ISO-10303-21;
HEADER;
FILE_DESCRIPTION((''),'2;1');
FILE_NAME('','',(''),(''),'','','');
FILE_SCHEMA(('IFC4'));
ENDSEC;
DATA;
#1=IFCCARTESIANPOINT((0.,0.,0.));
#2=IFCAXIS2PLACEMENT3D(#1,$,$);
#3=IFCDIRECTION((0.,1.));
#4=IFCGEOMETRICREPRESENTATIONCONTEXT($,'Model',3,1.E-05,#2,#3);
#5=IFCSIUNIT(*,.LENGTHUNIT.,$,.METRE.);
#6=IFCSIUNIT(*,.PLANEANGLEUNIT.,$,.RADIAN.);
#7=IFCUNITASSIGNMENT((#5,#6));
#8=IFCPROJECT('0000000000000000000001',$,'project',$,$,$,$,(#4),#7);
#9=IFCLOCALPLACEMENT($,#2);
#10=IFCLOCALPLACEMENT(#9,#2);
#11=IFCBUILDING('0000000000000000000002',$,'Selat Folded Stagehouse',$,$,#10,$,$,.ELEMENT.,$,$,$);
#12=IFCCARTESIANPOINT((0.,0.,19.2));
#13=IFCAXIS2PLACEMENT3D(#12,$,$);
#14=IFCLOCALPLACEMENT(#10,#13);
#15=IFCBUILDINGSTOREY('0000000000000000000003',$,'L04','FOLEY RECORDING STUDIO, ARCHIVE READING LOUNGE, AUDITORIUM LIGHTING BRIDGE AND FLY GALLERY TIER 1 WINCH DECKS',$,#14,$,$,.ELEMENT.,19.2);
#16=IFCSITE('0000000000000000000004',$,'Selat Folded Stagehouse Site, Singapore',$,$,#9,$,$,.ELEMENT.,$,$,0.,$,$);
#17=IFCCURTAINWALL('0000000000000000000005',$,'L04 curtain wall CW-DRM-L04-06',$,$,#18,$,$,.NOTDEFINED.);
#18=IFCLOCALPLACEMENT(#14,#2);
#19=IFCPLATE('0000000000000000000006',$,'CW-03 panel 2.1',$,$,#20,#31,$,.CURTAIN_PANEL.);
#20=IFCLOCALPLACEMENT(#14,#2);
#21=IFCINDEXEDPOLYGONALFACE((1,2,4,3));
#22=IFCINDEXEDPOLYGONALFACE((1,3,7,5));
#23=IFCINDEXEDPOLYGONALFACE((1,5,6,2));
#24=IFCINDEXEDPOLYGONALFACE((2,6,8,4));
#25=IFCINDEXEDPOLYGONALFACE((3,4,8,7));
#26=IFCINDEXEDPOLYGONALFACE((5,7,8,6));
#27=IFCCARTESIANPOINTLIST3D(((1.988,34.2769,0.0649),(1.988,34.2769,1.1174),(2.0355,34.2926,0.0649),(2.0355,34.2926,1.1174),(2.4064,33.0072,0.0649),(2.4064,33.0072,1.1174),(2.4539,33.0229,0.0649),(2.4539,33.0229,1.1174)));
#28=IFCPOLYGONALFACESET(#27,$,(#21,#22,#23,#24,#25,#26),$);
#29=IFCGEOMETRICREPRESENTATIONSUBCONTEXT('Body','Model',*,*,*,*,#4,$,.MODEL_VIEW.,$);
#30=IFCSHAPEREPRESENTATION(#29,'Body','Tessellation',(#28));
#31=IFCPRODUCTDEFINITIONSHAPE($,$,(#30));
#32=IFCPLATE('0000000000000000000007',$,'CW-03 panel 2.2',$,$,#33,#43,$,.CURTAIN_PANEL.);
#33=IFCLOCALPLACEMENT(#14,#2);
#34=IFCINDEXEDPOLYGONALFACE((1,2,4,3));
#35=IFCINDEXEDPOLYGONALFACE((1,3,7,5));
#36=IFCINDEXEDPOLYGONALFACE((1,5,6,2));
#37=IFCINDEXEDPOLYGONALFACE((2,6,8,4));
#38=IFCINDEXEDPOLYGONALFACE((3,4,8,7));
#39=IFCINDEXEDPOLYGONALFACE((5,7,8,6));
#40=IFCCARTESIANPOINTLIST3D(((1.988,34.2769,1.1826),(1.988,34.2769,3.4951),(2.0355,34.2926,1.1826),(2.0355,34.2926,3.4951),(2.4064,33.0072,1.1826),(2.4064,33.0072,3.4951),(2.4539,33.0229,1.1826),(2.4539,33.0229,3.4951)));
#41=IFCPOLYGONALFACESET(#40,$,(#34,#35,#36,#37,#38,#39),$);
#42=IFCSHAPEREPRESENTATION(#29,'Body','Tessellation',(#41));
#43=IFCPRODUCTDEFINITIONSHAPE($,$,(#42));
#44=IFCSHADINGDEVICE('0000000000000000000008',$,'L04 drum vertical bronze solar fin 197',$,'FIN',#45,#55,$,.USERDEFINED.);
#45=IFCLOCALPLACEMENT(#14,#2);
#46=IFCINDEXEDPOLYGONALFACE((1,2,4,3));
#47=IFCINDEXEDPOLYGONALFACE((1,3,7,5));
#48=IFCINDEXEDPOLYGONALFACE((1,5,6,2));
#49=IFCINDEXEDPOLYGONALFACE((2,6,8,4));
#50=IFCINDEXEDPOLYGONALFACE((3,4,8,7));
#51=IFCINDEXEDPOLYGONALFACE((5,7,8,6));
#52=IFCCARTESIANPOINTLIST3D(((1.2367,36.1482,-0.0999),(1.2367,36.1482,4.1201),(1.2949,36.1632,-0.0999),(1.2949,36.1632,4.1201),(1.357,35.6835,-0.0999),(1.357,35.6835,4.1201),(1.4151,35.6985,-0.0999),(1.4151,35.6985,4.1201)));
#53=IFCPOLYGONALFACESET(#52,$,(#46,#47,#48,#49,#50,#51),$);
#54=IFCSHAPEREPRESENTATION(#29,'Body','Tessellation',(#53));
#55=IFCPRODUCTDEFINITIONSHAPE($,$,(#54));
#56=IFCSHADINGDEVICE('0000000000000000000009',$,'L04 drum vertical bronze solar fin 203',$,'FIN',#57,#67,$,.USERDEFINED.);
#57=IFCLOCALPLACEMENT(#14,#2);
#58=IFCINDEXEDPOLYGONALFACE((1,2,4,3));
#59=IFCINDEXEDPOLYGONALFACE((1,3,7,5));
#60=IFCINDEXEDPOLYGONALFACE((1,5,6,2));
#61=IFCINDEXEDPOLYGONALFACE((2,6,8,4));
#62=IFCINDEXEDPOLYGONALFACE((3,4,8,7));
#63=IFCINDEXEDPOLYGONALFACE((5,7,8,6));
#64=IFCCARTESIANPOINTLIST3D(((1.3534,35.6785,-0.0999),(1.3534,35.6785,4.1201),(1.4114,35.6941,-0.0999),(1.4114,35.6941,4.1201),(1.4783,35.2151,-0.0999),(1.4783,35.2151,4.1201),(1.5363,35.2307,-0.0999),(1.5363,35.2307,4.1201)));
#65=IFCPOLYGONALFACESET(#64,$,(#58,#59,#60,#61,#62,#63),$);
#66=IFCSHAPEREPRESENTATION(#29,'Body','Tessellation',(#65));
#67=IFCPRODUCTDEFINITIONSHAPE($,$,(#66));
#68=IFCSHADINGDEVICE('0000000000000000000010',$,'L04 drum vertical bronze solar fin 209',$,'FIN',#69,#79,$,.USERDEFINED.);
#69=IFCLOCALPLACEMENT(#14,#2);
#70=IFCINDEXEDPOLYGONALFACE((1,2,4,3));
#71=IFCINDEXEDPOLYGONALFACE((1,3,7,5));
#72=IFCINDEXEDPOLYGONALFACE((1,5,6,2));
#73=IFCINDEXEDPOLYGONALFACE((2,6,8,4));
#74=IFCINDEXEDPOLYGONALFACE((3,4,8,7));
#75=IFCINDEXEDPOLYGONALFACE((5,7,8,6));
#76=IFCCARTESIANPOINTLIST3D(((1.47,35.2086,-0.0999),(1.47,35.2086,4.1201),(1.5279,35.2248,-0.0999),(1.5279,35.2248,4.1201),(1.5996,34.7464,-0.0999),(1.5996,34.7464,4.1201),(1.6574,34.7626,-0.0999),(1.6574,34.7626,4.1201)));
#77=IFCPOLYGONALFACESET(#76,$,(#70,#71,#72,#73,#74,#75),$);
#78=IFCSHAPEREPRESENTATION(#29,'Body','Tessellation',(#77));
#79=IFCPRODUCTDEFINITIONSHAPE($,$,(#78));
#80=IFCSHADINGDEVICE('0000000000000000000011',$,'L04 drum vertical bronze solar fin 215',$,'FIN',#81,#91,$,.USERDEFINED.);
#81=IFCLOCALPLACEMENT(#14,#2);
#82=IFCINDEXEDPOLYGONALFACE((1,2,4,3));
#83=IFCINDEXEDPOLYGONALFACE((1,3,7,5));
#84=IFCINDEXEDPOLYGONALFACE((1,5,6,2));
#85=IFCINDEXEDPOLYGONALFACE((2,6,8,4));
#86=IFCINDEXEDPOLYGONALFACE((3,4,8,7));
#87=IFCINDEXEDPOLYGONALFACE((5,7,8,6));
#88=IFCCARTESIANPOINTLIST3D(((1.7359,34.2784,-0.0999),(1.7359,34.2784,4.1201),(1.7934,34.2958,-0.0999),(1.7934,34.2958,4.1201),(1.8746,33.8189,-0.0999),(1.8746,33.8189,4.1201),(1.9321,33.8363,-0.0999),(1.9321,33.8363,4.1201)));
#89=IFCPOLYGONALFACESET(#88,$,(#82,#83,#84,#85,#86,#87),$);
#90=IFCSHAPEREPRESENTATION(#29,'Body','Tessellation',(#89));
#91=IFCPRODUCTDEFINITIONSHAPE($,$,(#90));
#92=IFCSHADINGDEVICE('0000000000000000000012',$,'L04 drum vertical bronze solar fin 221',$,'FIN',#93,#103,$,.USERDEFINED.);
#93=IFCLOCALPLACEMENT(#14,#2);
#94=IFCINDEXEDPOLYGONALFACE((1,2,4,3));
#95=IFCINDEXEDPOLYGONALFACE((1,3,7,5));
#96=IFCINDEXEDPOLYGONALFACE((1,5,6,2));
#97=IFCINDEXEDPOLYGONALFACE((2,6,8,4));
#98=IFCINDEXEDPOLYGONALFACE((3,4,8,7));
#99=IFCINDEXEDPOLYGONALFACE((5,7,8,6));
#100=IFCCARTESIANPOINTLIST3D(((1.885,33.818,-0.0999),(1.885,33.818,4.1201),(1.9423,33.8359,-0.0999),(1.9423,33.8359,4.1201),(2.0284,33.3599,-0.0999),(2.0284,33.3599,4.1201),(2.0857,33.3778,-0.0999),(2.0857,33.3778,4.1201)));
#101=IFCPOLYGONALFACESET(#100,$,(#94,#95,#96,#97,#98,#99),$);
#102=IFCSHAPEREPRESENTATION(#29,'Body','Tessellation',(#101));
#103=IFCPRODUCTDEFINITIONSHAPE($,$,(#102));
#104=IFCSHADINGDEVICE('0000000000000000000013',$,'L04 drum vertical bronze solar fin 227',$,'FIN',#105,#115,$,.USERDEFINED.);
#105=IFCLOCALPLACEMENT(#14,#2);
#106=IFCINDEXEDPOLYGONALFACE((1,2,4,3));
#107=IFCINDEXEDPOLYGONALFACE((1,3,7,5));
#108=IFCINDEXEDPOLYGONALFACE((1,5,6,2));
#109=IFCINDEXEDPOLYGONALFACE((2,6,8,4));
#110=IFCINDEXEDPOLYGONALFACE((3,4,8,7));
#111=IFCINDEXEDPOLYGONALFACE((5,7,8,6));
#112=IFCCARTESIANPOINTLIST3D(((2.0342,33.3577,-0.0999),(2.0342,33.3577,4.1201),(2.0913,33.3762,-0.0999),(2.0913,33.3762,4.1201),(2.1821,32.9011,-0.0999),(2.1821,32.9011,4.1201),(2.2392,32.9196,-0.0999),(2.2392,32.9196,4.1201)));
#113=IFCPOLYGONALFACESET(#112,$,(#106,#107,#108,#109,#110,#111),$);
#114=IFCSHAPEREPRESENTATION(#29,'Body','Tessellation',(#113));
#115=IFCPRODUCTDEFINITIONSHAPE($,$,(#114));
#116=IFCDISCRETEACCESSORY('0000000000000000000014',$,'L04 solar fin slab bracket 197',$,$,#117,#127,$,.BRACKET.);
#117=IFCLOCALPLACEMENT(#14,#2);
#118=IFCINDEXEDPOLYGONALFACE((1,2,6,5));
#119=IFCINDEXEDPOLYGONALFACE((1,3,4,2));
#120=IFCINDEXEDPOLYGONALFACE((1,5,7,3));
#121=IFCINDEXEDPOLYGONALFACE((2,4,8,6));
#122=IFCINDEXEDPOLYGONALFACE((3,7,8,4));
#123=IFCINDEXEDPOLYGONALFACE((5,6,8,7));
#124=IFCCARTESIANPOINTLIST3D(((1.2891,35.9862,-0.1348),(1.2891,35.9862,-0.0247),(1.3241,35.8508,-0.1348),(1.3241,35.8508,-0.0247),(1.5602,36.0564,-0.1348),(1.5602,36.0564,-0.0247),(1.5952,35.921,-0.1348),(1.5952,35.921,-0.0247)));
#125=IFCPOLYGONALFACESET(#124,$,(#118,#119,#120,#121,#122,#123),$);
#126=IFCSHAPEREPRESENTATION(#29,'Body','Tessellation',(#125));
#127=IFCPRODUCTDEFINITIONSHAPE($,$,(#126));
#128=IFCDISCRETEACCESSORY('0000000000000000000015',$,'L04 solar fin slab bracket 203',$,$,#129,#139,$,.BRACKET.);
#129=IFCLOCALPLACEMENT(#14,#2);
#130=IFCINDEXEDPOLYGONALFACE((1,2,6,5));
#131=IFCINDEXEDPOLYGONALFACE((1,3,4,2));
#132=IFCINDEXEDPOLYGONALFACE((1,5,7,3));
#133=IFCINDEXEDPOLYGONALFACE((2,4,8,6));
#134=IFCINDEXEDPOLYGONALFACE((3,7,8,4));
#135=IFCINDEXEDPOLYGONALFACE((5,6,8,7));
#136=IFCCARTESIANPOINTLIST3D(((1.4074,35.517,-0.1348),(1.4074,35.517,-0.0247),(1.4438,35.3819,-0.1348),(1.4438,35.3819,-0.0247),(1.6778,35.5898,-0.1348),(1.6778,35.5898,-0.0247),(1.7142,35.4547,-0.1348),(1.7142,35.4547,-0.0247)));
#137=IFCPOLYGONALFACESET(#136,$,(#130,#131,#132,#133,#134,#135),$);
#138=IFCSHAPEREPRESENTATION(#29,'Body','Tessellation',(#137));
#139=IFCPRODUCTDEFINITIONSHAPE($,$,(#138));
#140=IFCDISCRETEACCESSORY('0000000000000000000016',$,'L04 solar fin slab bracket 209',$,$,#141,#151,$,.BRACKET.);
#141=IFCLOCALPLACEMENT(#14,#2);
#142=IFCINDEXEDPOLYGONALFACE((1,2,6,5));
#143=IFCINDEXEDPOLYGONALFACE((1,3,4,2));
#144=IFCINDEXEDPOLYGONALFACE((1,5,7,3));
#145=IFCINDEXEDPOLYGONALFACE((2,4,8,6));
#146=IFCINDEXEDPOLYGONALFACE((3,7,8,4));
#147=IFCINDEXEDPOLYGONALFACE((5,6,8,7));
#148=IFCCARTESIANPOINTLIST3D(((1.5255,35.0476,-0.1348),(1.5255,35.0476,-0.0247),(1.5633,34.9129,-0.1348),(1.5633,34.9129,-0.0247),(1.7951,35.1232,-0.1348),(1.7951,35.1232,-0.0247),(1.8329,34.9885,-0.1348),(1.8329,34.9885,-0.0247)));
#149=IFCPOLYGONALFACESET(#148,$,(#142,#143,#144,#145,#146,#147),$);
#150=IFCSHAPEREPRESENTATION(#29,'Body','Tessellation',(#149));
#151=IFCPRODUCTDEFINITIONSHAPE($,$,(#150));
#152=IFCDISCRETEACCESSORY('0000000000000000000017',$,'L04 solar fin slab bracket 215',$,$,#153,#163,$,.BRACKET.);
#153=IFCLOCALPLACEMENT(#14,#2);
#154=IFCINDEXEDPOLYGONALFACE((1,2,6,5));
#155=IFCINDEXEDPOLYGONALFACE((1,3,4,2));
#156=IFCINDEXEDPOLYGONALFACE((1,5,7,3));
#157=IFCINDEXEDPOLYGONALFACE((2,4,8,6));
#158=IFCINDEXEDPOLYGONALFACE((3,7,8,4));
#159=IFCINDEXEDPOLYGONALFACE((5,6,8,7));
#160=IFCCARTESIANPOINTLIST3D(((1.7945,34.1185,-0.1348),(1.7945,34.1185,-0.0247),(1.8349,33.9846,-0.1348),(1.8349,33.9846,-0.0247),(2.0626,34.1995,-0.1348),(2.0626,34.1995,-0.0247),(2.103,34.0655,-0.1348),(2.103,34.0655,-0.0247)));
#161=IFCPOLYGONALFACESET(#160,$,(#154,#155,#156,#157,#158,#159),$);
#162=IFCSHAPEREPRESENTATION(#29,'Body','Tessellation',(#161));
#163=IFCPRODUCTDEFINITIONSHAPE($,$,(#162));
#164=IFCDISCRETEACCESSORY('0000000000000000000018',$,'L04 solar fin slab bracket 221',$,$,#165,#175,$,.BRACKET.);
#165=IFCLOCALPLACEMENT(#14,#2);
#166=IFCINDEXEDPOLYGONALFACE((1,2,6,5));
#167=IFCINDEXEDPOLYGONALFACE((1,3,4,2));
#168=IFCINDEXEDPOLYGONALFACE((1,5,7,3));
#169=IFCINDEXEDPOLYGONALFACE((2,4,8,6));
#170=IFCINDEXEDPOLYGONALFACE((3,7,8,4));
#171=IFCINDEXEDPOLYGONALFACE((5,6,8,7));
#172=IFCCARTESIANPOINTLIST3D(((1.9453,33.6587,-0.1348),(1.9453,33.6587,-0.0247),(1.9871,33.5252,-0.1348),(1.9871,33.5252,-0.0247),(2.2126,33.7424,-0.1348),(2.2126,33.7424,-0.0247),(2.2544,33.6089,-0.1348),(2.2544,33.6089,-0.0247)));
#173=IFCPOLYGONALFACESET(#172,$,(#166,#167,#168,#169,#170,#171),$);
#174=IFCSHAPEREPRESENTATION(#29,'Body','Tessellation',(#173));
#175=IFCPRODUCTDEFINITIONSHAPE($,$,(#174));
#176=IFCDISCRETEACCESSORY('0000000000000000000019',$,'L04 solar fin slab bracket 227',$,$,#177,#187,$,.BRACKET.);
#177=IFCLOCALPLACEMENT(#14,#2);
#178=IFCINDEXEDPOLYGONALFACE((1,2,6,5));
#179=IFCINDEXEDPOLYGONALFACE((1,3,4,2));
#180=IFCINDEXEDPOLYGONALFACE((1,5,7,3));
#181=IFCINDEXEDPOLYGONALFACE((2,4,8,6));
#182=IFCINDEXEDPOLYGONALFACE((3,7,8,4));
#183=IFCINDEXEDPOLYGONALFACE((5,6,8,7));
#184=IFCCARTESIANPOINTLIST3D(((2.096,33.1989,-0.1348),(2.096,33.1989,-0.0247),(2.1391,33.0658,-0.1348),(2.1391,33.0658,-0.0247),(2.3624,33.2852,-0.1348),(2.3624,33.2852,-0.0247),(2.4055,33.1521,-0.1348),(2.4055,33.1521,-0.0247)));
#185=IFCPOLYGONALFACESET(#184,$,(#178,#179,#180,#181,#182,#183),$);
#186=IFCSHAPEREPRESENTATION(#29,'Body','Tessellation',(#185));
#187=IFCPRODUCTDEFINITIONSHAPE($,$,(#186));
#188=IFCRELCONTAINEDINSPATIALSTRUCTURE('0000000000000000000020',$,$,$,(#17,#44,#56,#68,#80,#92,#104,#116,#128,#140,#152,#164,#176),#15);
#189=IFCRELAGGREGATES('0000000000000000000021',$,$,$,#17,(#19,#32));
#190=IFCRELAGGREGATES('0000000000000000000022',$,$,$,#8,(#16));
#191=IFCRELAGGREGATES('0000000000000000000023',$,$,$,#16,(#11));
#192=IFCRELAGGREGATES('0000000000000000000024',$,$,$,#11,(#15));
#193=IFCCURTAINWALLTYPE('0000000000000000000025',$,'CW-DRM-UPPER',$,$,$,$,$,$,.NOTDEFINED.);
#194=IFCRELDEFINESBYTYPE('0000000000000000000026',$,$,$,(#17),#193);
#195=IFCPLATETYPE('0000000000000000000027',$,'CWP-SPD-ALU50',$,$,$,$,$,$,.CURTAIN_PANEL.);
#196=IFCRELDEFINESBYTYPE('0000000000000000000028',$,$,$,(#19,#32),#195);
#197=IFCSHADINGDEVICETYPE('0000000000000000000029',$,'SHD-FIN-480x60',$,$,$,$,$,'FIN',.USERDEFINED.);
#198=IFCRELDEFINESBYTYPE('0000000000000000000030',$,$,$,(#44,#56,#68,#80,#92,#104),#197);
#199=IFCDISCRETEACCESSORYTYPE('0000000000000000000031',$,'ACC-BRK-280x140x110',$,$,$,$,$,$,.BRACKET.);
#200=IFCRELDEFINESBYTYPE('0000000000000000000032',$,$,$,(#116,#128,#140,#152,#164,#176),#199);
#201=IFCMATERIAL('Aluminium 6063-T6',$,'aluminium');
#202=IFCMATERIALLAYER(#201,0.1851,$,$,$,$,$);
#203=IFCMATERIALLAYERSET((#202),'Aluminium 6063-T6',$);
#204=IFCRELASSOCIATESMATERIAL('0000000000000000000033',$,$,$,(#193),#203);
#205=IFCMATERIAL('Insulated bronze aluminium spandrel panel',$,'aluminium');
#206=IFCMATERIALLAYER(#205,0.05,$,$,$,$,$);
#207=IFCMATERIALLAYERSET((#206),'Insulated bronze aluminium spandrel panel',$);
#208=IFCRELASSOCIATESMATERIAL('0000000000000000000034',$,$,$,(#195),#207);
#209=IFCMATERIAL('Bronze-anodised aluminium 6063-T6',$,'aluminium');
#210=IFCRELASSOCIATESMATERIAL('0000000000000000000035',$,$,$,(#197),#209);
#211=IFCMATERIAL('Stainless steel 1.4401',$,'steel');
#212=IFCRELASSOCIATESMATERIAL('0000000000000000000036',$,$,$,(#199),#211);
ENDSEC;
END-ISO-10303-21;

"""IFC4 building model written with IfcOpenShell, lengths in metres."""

from ifc_helpers import new_model, si_unit, direction, frame, origin, origin_2d, place, context, subcontext, project, spatial, rectangle, extrude, material, layer, layer_set, material_profile, profile_set, type_object, element, aggregate, save


model = new_model("IFC4")

# Units and contexts
model_context = context("Model", 3, precision=1e-05, world=origin(), true_north=direction((0.0, 1.0)))
body_context = subcontext(model_context, "Body", "Model", "MODEL_VIEW")
ifc_project = project(units=[si_unit("LENGTHUNIT", "METRE"), si_unit("PLANEANGLEUNIT", "RADIAN")], contexts=[model_context])

# Site, building, storey
site_placement = place(None, origin())
site = spatial("IfcSite", under=ifc_project, at=site_placement, Name="Selat Folded Stagehouse Site, Singapore", CompositionType="ELEMENT", RefElevation=0.0)
building_placement = place(site_placement, origin())
building = spatial("IfcBuilding", under=site, at=building_placement, Name="Selat Folded Stagehouse", CompositionType="ELEMENT")
storey_placement = place(building_placement, frame((0.0, 0.0, 19.2)))
storey = spatial("IfcBuildingStorey", under=building, at=storey_placement, Name="L04", Description="FOLEY RECORDING STUDIO, ARCHIVE READING LOUNGE, AUDITORIUM LIGHTING BRIDGE AND FLY GALLERY TIER 1 WINCH DECKS", CompositionType="ELEMENT", Elevation=19.2)

# Curtain wall
ifc_material_1 = material(Name="Aluminium 6063-T6", Category="aluminium")
ifc_layer_1 = layer(ifc_material_1, 0.1851)
ifc_layer_set_1 = layer_set([ifc_layer_1], Name="Aluminium 6063-T6")
curtain_wall_type = type_object("IfcCurtainWallType", Name="CW-DRM-UPPER", PredefinedType="NOTDEFINED", material=ifc_layer_set_1)
curtain_wall_1_placement = place(storey_placement, origin())
curtain_wall_1 = element("IfcCurtainWall", 1, at=curtain_wall_1_placement, inside=storey, type_object=curtain_wall_type, Name="L04 curtain wall CW-DRM-L04-06", PredefinedType="NOTDEFINED")

# Plates
ifc_material_2 = material(Name="Insulated bronze aluminium spandrel panel", Category="aluminium")
ifc_layer_2 = layer(ifc_material_2, 0.05)
ifc_layer_set_2 = layer_set([ifc_layer_2], Name="Insulated bronze aluminium spandrel panel")
plate_type = type_object("IfcPlateType", Name="CWP-SPD-ALU50", PredefinedType="CURTAIN_PANEL", material=ifc_layer_set_2)
plate_1_placement = place(storey_placement, frame((2.2209, 33.6499, 0.0649), z_axis=(0.0, 0.0, 1.0), x_axis=(-0.312995, 0.949755, 0.0)))
plate_1 = element("IfcPlate", 2, at=plate_1_placement, type_object=plate_type, Name="CW-03 panel 2.1", PredefinedType="CURTAIN_PANEL", context=body_context, shape_type="SweptSolid", body=[
    extrude(rectangle(XDim=1.3369, YDim=0.05, at=origin_2d()), origin(), (0.0, 0.0, 1.0), 1.0525),
])
plate_2_placement = place(storey_placement, frame((2.2209, 33.6499, 1.1826), z_axis=(0.0, 0.0, 1.0), x_axis=(-0.312995, 0.949755, 0.0)))
plate_2 = element("IfcPlate", 3, at=plate_2_placement, type_object=plate_type, Name="CW-03 panel 2.2", PredefinedType="CURTAIN_PANEL", context=body_context, shape_type="SweptSolid", body=[
    extrude(rectangle(XDim=1.3369, YDim=0.05, at=origin_2d()), origin(), (0.0, 0.0, 1.0), 2.3125),
])
aggregate(curtain_wall_1, [plate_1, plate_2])

# Shading devices
ifc_material_3 = material(Name="Bronze-anodised aluminium 6063-T6", Category="aluminium")
ifc_material_profile_1 = material_profile(ifc_material_3, rectangle(XDim=0.0601, YDim=0.48, at=origin_2d()), Name="SOLAR-FIN 480x60")
ifc_profile_set_1 = profile_set([ifc_material_profile_1], Name="Bronze-anodised aluminium 6063-T6")
shading_device_type = type_object("IfcShadingDeviceType", Name="SHD-FIN-480x60", ElementType="FIN", PredefinedType="USERDEFINED", material=ifc_profile_set_1)
for number, where, z_axis, x_axis, name in (
    (4, (1.3259, 35.9233, -0.0999), (0.0, 0.0, 1.0), (-0.968104, -0.250549, 0.0), "L04 drum vertical bronze solar fin 197"),
    (5, (1.4448, 35.4546, -0.0999), (0.0, 0.0, 1.0), (-0.965564, -0.260167, 0.0), "L04 drum vertical bronze solar fin 203"),
    (6, (1.5637, 34.9856, -0.0999), (0.0, 0.0, 1.0), (-0.96288, -0.269928, 0.0), "L04 drum vertical bronze solar fin 209"),
    (7, (1.834, 34.0574, -0.0999), (0.0, 0.0, 1.0), (-0.957319, -0.289032, 0.0), "L04 drum vertical bronze solar fin 215"),
    (8, (1.9854, 33.5979, -0.0999), (0.0, 0.0, 1.0), (-0.954345, -0.298708, 0.0), "L04 drum vertical bronze solar fin 221"),
    (9, (2.1367, 33.1387, -0.0999), (0.0, 0.0, 1.0), (-0.951326, -0.308187, 0.0), "L04 drum vertical bronze solar fin 227"),
):
    element("IfcShadingDevice", number, at=place(storey_placement, frame(where, z_axis=z_axis, x_axis=x_axis)), inside=storey, type_object=shading_device_type, Name=name, ObjectType="FIN", PredefinedType="USERDEFINED", context=body_context, shape_type="SweptSolid", body=[
        extrude(rectangle(XDim=0.0601, YDim=0.48, at=origin_2d()), origin(), (0.0, 0.0, 1.0), 4.22),
    ])

# Discrete accessories
ifc_material_4 = material(Name="Stainless steel 1.4401", Category="steel")
discrete_accessory_type = type_object("IfcDiscreteAccessoryType", Name="ACC-BRK-280x140x110", PredefinedType="BRACKET", material=ifc_material_4)
for number, where, z_axis, x_axis, name in (
    (10, (1.4421, 35.9536, -0.1348), (0.0, 0.0, 1.0), (-0.968104, -0.250549, 0.0), "L04 solar fin slab bracket 197"),
    (11, (1.5608, 35.4858, -0.1348), (0.0, 0.0, 1.0), (-0.965564, -0.260167, 0.0), "L04 solar fin slab bracket 203"),
    (12, (1.6792, 35.0181, -0.1348), (0.0, 0.0, 1.0), (-0.96288, -0.269928, 0.0), "L04 solar fin slab bracket 209"),
    (13, (1.9487, 34.092, -0.1348), (0.0, 0.0, 1.0), (-0.957319, -0.289032, 0.0), "L04 solar fin slab bracket 215"),
    (14, (2.0999, 33.6338, -0.1348), (0.0, 0.0, 1.0), (-0.954345, -0.298708, 0.0), "L04 solar fin slab bracket 221"),
    (15, (2.2507, 33.1755, -0.1348), (0.0, 0.0, 1.0), (-0.951326, -0.308187, 0.0), "L04 solar fin slab bracket 227"),
):
    element("IfcDiscreteAccessory", number, at=place(storey_placement, frame(where, z_axis=z_axis, x_axis=x_axis)), inside=storey, type_object=discrete_accessory_type, Name=name, PredefinedType="BRACKET", context=body_context, shape_type="SweptSolid", body=[
        extrude(rectangle(XDim=0.28, YDim=0.1399, at=origin_2d()), origin(), (0.0, 0.0, 1.0), 0.1101),
    ])

save(model, "model.ifc")
